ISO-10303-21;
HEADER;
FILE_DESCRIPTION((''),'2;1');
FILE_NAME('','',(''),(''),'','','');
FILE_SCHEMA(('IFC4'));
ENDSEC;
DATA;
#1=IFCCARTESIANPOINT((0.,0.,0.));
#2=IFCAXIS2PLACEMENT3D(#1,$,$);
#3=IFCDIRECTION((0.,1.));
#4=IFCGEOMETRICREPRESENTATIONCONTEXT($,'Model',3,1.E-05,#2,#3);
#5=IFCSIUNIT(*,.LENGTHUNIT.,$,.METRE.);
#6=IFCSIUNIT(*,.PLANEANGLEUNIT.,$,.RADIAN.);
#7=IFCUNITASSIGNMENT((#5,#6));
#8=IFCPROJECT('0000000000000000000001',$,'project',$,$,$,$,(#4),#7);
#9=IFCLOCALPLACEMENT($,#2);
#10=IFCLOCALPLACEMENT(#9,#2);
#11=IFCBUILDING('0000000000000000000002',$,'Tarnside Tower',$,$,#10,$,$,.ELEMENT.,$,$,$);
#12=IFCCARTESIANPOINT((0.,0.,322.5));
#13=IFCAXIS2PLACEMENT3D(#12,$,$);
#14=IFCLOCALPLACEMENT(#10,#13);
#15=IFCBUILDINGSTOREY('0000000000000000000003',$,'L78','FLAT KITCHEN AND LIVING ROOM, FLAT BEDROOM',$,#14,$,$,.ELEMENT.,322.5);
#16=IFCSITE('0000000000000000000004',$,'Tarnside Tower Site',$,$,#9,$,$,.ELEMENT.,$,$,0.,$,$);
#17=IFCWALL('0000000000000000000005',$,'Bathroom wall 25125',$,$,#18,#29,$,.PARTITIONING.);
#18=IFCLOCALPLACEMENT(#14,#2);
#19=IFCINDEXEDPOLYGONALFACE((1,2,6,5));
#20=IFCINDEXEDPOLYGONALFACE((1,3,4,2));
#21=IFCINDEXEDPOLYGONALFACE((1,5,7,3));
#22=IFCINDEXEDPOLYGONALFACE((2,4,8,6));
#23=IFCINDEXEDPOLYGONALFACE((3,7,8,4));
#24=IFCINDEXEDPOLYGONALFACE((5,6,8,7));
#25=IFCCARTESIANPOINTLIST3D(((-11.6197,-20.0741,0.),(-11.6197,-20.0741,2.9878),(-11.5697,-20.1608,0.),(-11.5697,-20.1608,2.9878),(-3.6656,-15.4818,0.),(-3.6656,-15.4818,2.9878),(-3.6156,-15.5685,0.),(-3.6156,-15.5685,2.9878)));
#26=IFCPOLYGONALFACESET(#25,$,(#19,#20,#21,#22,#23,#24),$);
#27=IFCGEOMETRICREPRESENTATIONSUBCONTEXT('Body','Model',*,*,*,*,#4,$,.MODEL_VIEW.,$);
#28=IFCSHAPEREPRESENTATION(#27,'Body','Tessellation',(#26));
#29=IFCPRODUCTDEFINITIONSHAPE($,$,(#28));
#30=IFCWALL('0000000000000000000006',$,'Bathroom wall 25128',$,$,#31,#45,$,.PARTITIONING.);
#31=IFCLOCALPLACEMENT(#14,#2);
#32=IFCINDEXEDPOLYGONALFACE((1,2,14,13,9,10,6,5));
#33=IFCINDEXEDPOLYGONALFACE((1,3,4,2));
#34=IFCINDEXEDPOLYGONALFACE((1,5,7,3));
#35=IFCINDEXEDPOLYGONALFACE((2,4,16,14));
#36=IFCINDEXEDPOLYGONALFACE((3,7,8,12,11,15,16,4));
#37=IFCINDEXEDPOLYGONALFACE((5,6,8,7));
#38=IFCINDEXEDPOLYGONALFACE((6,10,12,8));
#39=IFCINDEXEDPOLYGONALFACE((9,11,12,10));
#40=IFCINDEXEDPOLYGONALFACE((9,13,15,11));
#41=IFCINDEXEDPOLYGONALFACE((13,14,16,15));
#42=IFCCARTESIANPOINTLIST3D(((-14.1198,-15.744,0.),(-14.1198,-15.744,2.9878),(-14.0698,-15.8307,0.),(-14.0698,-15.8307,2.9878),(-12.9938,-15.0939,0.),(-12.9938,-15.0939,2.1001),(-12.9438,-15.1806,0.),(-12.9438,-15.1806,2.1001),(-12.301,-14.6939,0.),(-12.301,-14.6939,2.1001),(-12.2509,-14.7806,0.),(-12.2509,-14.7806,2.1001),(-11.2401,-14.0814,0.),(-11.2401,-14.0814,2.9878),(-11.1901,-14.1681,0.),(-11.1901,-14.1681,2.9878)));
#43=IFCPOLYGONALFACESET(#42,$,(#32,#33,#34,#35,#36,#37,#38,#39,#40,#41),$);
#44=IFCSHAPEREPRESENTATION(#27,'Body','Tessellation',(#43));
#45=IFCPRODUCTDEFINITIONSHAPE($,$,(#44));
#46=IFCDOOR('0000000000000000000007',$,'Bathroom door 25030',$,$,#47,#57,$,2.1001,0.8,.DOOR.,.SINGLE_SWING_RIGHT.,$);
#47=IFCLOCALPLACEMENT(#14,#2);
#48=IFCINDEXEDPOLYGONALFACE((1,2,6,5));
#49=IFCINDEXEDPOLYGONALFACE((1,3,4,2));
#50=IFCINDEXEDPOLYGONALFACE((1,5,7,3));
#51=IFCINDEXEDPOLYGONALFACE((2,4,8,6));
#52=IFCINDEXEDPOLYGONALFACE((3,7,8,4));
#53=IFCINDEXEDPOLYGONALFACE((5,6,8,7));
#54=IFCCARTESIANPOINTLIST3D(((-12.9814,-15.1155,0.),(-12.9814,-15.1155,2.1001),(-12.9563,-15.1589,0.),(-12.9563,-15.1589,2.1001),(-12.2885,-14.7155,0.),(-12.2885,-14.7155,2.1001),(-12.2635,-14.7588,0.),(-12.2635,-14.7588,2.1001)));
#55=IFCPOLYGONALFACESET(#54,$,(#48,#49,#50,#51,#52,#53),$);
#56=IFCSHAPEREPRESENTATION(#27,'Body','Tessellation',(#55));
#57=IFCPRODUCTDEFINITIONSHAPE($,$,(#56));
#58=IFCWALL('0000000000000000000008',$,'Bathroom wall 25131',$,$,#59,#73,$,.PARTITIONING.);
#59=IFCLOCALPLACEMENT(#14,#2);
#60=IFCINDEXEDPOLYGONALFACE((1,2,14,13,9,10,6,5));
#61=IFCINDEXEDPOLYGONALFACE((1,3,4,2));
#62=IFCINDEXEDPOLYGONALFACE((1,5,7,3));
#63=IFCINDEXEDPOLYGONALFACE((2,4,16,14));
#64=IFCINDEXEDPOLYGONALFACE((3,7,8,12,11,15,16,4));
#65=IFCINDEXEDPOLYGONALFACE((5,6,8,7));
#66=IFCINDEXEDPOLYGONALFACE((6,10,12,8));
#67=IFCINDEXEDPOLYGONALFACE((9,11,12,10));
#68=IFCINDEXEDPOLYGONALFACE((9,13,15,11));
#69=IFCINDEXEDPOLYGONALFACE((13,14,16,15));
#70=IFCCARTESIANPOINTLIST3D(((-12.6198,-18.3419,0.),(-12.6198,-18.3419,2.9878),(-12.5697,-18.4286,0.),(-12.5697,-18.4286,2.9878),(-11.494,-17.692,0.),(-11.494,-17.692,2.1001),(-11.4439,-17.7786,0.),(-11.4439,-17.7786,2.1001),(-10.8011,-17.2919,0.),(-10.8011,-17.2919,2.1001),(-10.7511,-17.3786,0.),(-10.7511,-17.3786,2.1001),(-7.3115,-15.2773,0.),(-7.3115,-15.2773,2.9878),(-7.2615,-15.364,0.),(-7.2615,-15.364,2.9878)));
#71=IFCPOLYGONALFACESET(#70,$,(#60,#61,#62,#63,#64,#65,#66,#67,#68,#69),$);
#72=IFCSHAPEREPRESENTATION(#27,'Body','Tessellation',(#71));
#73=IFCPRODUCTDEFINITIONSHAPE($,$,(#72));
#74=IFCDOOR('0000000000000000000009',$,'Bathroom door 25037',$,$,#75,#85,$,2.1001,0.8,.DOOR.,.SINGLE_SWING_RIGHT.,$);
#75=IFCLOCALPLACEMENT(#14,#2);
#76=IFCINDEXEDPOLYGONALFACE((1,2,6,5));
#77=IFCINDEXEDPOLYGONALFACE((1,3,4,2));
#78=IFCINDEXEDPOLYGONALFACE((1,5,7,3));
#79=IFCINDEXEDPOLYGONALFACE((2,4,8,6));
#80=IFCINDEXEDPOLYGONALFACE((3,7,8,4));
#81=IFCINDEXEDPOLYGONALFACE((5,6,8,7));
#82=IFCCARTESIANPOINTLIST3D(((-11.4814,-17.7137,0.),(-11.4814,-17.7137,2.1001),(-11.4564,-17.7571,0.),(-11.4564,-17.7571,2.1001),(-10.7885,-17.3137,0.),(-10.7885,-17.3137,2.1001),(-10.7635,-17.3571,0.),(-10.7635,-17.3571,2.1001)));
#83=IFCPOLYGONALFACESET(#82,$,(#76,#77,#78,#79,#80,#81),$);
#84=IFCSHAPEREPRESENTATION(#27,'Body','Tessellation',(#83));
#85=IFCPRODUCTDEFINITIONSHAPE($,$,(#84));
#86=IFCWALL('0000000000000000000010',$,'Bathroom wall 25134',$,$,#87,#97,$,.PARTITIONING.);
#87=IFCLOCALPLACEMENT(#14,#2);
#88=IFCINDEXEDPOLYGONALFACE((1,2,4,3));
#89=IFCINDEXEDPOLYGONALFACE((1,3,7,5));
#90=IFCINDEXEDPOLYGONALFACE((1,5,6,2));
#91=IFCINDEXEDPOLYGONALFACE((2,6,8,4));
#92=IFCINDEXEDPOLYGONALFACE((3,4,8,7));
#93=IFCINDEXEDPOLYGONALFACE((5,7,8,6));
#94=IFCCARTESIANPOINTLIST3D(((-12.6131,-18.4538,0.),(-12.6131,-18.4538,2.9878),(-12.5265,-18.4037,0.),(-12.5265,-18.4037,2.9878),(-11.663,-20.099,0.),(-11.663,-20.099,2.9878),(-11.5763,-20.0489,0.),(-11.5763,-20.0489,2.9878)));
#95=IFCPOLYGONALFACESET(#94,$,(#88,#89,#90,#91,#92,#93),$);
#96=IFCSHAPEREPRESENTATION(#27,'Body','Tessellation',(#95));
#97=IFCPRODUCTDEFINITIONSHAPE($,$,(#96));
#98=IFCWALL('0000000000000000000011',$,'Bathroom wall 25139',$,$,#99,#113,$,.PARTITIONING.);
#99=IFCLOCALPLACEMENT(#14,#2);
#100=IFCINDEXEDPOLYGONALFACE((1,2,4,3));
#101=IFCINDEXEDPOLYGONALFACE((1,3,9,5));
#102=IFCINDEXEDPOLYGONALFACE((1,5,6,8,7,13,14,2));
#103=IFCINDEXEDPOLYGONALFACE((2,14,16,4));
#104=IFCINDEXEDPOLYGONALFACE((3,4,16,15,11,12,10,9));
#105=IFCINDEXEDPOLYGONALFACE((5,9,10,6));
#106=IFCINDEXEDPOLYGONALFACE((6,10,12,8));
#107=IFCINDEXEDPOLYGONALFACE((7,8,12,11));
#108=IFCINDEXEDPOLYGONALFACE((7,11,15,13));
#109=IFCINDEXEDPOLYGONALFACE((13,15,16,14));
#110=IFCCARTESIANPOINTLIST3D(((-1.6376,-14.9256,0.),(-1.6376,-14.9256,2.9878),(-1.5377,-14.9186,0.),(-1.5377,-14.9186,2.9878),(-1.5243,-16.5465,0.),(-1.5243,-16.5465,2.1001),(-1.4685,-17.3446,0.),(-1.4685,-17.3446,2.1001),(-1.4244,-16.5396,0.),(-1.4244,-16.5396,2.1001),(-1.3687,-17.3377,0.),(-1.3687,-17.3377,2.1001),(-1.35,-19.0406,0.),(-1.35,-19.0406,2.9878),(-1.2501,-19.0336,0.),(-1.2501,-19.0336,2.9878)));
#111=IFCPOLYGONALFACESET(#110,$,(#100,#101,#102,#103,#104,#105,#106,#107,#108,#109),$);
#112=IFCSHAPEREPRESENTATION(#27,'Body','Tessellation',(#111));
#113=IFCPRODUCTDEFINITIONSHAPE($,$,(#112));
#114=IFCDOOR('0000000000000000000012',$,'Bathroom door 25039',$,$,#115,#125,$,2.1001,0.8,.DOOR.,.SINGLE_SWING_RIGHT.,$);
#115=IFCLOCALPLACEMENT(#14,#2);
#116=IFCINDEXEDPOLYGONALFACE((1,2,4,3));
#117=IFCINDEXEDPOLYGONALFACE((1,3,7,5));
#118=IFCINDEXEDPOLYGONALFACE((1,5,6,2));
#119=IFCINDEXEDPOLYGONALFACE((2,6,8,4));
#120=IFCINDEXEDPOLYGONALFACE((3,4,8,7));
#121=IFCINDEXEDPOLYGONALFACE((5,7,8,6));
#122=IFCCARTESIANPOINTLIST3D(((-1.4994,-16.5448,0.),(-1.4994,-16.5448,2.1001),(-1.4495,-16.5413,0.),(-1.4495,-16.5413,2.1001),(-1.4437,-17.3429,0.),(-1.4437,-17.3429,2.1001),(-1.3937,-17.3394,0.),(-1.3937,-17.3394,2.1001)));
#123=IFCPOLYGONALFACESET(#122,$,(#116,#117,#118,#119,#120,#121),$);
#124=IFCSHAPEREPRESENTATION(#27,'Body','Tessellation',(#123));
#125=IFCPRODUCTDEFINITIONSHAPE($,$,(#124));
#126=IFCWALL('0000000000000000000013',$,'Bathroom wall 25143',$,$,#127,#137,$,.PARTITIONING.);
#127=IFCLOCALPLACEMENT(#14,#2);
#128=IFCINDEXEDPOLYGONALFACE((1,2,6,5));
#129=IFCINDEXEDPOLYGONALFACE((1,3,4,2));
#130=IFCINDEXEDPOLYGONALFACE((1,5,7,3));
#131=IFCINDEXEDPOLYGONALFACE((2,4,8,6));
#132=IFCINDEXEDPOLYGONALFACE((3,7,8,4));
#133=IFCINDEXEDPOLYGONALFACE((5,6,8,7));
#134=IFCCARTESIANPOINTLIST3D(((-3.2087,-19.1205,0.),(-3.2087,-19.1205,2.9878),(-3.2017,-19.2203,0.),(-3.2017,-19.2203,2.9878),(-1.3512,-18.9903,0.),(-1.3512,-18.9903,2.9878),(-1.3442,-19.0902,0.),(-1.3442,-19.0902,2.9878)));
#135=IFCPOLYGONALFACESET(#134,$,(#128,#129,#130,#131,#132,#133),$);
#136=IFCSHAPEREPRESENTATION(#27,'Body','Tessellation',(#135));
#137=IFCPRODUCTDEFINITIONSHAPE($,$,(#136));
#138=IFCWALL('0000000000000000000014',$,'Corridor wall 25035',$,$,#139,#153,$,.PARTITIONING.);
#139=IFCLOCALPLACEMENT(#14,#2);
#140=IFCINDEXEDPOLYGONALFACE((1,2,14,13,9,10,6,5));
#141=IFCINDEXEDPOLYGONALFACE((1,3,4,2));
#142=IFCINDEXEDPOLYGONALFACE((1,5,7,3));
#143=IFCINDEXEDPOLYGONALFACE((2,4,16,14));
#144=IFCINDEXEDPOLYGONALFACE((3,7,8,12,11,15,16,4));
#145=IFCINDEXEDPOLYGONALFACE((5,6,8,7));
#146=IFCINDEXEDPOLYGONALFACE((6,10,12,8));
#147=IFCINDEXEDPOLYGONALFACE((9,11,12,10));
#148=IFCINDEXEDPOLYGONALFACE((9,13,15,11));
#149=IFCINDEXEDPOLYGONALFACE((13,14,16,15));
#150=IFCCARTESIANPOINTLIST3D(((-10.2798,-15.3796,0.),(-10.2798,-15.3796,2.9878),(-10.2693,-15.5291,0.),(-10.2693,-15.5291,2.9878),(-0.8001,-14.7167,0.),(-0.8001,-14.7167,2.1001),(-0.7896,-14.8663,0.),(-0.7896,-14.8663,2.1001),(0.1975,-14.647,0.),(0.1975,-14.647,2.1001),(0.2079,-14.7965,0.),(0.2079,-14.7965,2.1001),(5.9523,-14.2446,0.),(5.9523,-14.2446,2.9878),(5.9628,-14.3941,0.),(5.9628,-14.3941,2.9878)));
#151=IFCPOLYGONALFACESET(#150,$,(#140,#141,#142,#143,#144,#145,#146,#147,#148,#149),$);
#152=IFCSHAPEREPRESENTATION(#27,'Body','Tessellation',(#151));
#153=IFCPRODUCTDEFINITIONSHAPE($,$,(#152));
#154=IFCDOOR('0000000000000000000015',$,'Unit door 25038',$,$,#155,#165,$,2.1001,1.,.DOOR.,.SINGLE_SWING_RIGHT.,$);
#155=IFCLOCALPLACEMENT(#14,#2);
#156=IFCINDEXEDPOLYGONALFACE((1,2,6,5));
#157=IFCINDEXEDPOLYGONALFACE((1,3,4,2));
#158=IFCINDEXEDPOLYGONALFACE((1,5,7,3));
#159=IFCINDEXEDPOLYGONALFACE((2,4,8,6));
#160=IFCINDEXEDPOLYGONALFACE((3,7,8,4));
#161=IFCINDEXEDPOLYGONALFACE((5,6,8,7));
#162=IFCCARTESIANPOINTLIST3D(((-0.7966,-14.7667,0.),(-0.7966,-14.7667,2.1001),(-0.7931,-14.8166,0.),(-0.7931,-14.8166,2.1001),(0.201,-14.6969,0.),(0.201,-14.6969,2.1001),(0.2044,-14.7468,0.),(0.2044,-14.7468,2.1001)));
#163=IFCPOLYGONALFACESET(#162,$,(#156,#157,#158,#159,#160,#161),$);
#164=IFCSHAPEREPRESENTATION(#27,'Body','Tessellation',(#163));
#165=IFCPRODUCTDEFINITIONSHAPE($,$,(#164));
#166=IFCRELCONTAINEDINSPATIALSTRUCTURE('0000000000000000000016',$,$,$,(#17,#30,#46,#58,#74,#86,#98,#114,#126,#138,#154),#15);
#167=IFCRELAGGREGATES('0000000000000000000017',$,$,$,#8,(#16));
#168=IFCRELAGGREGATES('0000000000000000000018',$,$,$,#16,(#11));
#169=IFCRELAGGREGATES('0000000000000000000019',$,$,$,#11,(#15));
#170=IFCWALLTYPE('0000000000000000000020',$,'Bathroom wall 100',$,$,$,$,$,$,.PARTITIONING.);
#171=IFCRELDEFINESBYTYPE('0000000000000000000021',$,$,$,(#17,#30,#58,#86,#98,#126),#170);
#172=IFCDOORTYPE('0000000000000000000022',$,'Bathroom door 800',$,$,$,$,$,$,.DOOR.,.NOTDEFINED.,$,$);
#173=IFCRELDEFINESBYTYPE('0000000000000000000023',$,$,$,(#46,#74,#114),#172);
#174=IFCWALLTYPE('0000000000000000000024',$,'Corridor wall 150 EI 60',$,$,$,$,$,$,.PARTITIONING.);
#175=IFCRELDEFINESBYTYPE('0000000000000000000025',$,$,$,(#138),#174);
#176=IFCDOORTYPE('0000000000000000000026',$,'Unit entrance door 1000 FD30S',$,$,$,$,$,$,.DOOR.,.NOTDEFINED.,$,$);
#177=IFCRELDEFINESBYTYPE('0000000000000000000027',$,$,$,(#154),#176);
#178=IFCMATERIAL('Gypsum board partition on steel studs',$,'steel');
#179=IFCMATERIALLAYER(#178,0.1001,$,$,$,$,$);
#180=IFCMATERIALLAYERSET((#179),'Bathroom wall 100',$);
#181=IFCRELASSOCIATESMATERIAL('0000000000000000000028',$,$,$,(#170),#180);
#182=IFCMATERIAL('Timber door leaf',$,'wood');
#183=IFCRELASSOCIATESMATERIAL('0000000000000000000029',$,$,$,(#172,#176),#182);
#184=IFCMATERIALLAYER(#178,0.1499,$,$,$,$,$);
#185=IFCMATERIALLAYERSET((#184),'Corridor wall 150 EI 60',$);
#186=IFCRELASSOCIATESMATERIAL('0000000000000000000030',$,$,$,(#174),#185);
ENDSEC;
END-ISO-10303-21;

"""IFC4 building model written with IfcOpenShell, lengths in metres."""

from ifc_helpers import new_model, si_unit, direction, frame, frame_2d, origin, place, context, subcontext, project, spatial, rectangle, extrude, material, layer, layer_set, type_object, element, fill, save


model = new_model("IFC4")

# Units and contexts
model_context = context("Model", 3, precision=1e-05, world=origin(), true_north=direction((0.0, 1.0)))
body_context = subcontext(model_context, "Body", "Model", "MODEL_VIEW")
ifc_project = project(units=[si_unit("LENGTHUNIT", "METRE"), si_unit("PLANEANGLEUNIT", "RADIAN")], contexts=[model_context])

# Site, building, storey
site_placement = place(None, origin())
site = spatial("IfcSite", under=ifc_project, at=site_placement, Name="Tarnside Tower Site", CompositionType="ELEMENT", RefElevation=0.0)
building_placement = place(site_placement, origin())
building = spatial("IfcBuilding", under=site, at=building_placement, Name="Tarnside Tower", CompositionType="ELEMENT")
storey_placement = place(building_placement, frame((0.0, 0.0, 322.5)))
storey = spatial("IfcBuildingStorey", under=building, at=storey_placement, Name="L78", Description="FLAT KITCHEN AND LIVING ROOM, FLAT BEDROOM", CompositionType="ELEMENT", Elevation=322.5)

# Wall
ifc_material_1 = material(Name="Gypsum board partition on steel studs", Category="steel")
ifc_layer_1 = layer(ifc_material_1, 0.1001)
ifc_layer_set_1 = layer_set([ifc_layer_1], Name="Bathroom wall 100")
wall_type_1 = type_object("IfcWallType", Name="Bathroom wall 100", PredefinedType="PARTITIONING", material=ifc_layer_set_1)
wall_1_placement = place(storey_placement, frame((-3.6406, -15.5251, 0.0), z_axis=(0.0, 0.0, 1.0), x_axis=(-0.866026, -0.499999, 0.0)))
element("IfcWall", 1, at=wall_1_placement, inside=storey, type_object=wall_type_1, Name="Bathroom wall 25125", PredefinedType="PARTITIONING", context=body_context, shape_type="SweptSolid", body=[
    extrude(rectangle(XDim=9.1846, YDim=0.1001, at=frame_2d((4.5923, 0.0))), origin(), (0.0, 0.0, 1.0), 2.9878),
])

# Walls, openings, doors
wall_2_placement = place(storey_placement, frame((-11.2151, -14.1248, 0.0), z_axis=(0.0, 0.0, 1.0), x_axis=(-0.866021, -0.500008, 0.0)))
wall_2 = element("IfcWall", 2, at=wall_2_placement, inside=storey, type_object=wall_type_1, Name="Bathroom wall 25128", PredefinedType="PARTITIONING", context=body_context, shape_type="SweptSolid", body=[
    extrude(rectangle(XDim=3.3252, YDim=0.1001, at=frame_2d((1.6626, 0.0))), origin(), (0.0, 0.0, 1.0), 2.9878),
])
opening_1_placement = place(wall_2_placement, frame((1.2251, 0.0, 0.0)))
opening_1 = element("IfcOpeningElement", 3, at=opening_1_placement, cuts=wall_2, PredefinedType="OPENING", context=body_context, shape_type="SweptSolid", body=[
    extrude(rectangle(XDim=0.8, YDim=2.1001, at=frame_2d((0.3999, 1.05))), frame((0.0, 0.0601, 0.0), z_axis=(0.0, -1.0, 0.0), x_axis=(1.0, 0.0, 0.0)), (0.0, 0.0, 1.0), 0.1201),
])
ifc_material_2 = material(Name="Timber door leaf", Category="wood")
door_type_1 = type_object("IfcDoorType", Name="Bathroom door 800", OperationType="NOTDEFINED", PredefinedType="DOOR", material=ifc_material_2)
door_1_placement = place(opening_1_placement, origin())
door_1 = element("IfcDoor", 4, at=door_1_placement, inside=storey, type_object=door_type_1, Name="Bathroom door 25030", OperationType="SINGLE_SWING_RIGHT", OverallHeight=2.1001, OverallWidth=0.8, PredefinedType="DOOR", context=body_context, shape_type="SweptSolid", body=[
    extrude(rectangle(XDim=0.8, YDim=2.1001, at=frame_2d((0.3999, 1.05))), frame((0.0, 0.0249, 0.0), z_axis=(0.0, -1.0, 0.0), x_axis=(1.0, 0.0, 0.0)), (0.0, 0.0, 1.0), 0.05),
])
fill(opening_1, door_1)
wall_3_placement = place(storey_placement, frame((-12.5947, -18.3853, 0.0), z_axis=(0.0, 0.0, 1.0), x_axis=(0.866031, 0.49999, 0.0)))
wall_3 = element("IfcWall", 5, at=wall_3_placement, inside=storey, type_object=wall_type_1, Name="Bathroom wall 25131", PredefinedType="PARTITIONING", context=body_context, shape_type="SweptSolid", body=[
    extrude(rectangle(XDim=6.1294, YDim=0.1001, at=frame_2d((3.0647, 0.0))), origin(), (0.0, 0.0, 1.0), 2.9878),
])
opening_2_placement = place(wall_3_placement, frame((1.3, 0.0, 0.0)))
opening_2 = element("IfcOpeningElement", 6, at=opening_2_placement, cuts=wall_3, PredefinedType="OPENING", context=body_context, shape_type="SweptSolid", body=[
    extrude(rectangle(XDim=0.8, YDim=2.1001, at=frame_2d((0.3999, 1.05))), frame((0.0, 0.0601, 0.0), z_axis=(0.0, -1.0, 0.0), x_axis=(1.0, 0.0, 0.0)), (0.0, 0.0, 1.0), 0.1201),
])
door_2_placement = place(opening_2_placement, origin())
door_2 = element("IfcDoor", 7, at=door_2_placement, inside=storey, type_object=door_type_1, Name="Bathroom door 25037", OperationType="SINGLE_SWING_RIGHT", OverallHeight=2.1001, OverallWidth=0.8, PredefinedType="DOOR", context=body_context, shape_type="SweptSolid", body=[
    extrude(rectangle(XDim=0.8, YDim=2.1001, at=frame_2d((0.3999, 1.05))), frame((0.0, 0.0249, 0.0), z_axis=(0.0, -1.0, 0.0), x_axis=(1.0, 0.0, 0.0)), (0.0, 0.0, 1.0), 0.05),
])
fill(opening_2, door_2)

# Wall
wall_4_placement = place(storey_placement, frame((-11.6196, -20.074, 0.0), z_axis=(0.0, 0.0, 1.0), x_axis=(-0.500119, 0.865957, 0.0)))
element("IfcWall", 8, at=wall_4_placement, inside=storey, type_object=wall_type_1, Name="Bathroom wall 25134", PredefinedType="PARTITIONING", context=body_context, shape_type="SweptSolid", body=[
    extrude(rectangle(XDim=1.8999, YDim=0.1001, at=frame_2d((0.95, 0.0))), origin(), (0.0, 0.0, 1.0), 2.9878),
])

# Wall, opening, door
wall_5_placement = place(storey_placement, frame((-1.5876, -14.9221, 0.0), z_axis=(0.0, 0.0, 1.0), x_axis=(0.06972, -0.997567, 0.0)))
wall_5 = element("IfcWall", 9, at=wall_5_placement, inside=storey, type_object=wall_type_1, Name="Bathroom wall 25139", PredefinedType="PARTITIONING", context=body_context, shape_type="SweptSolid", body=[
    extrude(rectangle(XDim=4.125, YDim=0.1001, at=frame_2d((2.0625, 0.0))), origin(), (0.0, 0.0, 1.0), 2.9878),
])
opening_3_placement = place(wall_5_placement, frame((1.625, 0.0, 0.0)))
opening_3 = element("IfcOpeningElement", 10, at=opening_3_placement, cuts=wall_5, PredefinedType="OPENING", context=body_context, shape_type="SweptSolid", body=[
    extrude(rectangle(XDim=0.8, YDim=2.1001, at=frame_2d((0.3999, 1.05))), frame((0.0, 0.0601, 0.0), z_axis=(0.0, -1.0, 0.0), x_axis=(1.0, 0.0, 0.0)), (0.0, 0.0, 1.0), 0.1201),
])
door_3_placement = place(opening_3_placement, origin())
door_3 = element("IfcDoor", 11, at=door_3_placement, inside=storey, type_object=door_type_1, Name="Bathroom door 25039", OperationType="SINGLE_SWING_RIGHT", OverallHeight=2.1001, OverallWidth=0.8, PredefinedType="DOOR", context=body_context, shape_type="SweptSolid", body=[
    extrude(rectangle(XDim=0.8, YDim=2.1001, at=frame_2d((0.3999, 1.05))), frame((0.0, 0.0249, 0.0), z_axis=(0.0, -1.0, 0.0), x_axis=(1.0, 0.0, 0.0)), (0.0, 0.0, 1.0), 0.05),
])
fill(opening_3, door_3)

# Wall
wall_6_placement = place(storey_placement, frame((-3.2053, -19.1704, 0.0), z_axis=(0.0, 0.0, 1.0), x_axis=(0.997555, 0.069887, 0.0)))
element("IfcWall", 12, at=wall_6_placement, inside=storey, type_object=wall_type_1, Name="Bathroom wall 25143", PredefinedType="PARTITIONING", context=body_context, shape_type="SweptSolid", body=[
    extrude(rectangle(XDim=1.8621, YDim=0.1001, at=frame_2d((0.9312, 0.0))), origin(), (0.0, 0.0, 1.0), 2.9878),
])

# Wall, opening, door
ifc_layer_2 = layer(ifc_material_1, 0.1499)
ifc_layer_set_2 = layer_set([ifc_layer_2], Name="Corridor wall 150 EI 60")
wall_type_2 = type_object("IfcWallType", Name="Corridor wall 150 EI 60", PredefinedType="PARTITIONING", material=ifc_layer_set_2)
wall_7_placement = place(storey_placement, frame((-10.2744, -15.4543, 0.0), z_axis=(0.0, 0.0, 1.0), x_axis=(0.997564, 0.069753, 0.0)))
wall_7 = element("IfcWall", 13, at=wall_7_placement, inside=storey, type_object=wall_type_2, Name="Corridor wall 25035", PredefinedType="PARTITIONING", context=body_context, shape_type="SweptSolid", body=[
    extrude(rectangle(XDim=16.2717, YDim=0.1499, at=frame_2d((8.1357, 0.0))), origin(), (0.0, 0.0, 1.0), 2.9878),
])
opening_4_placement = place(wall_7_placement, frame((9.5027, 0.0, 0.0)))
opening_4 = element("IfcOpeningElement", 14, at=opening_4_placement, cuts=wall_7, PredefinedType="OPENING", context=body_context, shape_type="SweptSolid", body=[
    extrude(rectangle(XDim=1.0, YDim=2.1001, at=frame_2d((0.5, 1.05))), frame((0.0, 0.085, 0.0), z_axis=(0.0, -1.0, 0.0), x_axis=(1.0, 0.0, 0.0)), (0.0, 0.0, 1.0), 0.1699),
])
door_type_2 = type_object("IfcDoorType", Name="Unit entrance door 1000 FD30S", OperationType="NOTDEFINED", PredefinedType="DOOR", material=ifc_material_2)
door_4_placement = place(opening_4_placement, origin())
door_4 = element("IfcDoor", 15, at=door_4_placement, inside=storey, type_object=door_type_2, Name="Unit door 25038", OperationType="SINGLE_SWING_RIGHT", OverallHeight=2.1001, OverallWidth=1.0, PredefinedType="DOOR", context=body_context, shape_type="SweptSolid", body=[
    extrude(rectangle(XDim=1.0, YDim=2.1001, at=frame_2d((0.5, 1.05))), frame((0.0, 0.0249, 0.0), z_axis=(0.0, -1.0, 0.0), x_axis=(1.0, 0.0, 0.0)), (0.0, 0.0, 1.0), 0.05),
])
fill(opening_4, door_4)

save(model, "model.ifc")
